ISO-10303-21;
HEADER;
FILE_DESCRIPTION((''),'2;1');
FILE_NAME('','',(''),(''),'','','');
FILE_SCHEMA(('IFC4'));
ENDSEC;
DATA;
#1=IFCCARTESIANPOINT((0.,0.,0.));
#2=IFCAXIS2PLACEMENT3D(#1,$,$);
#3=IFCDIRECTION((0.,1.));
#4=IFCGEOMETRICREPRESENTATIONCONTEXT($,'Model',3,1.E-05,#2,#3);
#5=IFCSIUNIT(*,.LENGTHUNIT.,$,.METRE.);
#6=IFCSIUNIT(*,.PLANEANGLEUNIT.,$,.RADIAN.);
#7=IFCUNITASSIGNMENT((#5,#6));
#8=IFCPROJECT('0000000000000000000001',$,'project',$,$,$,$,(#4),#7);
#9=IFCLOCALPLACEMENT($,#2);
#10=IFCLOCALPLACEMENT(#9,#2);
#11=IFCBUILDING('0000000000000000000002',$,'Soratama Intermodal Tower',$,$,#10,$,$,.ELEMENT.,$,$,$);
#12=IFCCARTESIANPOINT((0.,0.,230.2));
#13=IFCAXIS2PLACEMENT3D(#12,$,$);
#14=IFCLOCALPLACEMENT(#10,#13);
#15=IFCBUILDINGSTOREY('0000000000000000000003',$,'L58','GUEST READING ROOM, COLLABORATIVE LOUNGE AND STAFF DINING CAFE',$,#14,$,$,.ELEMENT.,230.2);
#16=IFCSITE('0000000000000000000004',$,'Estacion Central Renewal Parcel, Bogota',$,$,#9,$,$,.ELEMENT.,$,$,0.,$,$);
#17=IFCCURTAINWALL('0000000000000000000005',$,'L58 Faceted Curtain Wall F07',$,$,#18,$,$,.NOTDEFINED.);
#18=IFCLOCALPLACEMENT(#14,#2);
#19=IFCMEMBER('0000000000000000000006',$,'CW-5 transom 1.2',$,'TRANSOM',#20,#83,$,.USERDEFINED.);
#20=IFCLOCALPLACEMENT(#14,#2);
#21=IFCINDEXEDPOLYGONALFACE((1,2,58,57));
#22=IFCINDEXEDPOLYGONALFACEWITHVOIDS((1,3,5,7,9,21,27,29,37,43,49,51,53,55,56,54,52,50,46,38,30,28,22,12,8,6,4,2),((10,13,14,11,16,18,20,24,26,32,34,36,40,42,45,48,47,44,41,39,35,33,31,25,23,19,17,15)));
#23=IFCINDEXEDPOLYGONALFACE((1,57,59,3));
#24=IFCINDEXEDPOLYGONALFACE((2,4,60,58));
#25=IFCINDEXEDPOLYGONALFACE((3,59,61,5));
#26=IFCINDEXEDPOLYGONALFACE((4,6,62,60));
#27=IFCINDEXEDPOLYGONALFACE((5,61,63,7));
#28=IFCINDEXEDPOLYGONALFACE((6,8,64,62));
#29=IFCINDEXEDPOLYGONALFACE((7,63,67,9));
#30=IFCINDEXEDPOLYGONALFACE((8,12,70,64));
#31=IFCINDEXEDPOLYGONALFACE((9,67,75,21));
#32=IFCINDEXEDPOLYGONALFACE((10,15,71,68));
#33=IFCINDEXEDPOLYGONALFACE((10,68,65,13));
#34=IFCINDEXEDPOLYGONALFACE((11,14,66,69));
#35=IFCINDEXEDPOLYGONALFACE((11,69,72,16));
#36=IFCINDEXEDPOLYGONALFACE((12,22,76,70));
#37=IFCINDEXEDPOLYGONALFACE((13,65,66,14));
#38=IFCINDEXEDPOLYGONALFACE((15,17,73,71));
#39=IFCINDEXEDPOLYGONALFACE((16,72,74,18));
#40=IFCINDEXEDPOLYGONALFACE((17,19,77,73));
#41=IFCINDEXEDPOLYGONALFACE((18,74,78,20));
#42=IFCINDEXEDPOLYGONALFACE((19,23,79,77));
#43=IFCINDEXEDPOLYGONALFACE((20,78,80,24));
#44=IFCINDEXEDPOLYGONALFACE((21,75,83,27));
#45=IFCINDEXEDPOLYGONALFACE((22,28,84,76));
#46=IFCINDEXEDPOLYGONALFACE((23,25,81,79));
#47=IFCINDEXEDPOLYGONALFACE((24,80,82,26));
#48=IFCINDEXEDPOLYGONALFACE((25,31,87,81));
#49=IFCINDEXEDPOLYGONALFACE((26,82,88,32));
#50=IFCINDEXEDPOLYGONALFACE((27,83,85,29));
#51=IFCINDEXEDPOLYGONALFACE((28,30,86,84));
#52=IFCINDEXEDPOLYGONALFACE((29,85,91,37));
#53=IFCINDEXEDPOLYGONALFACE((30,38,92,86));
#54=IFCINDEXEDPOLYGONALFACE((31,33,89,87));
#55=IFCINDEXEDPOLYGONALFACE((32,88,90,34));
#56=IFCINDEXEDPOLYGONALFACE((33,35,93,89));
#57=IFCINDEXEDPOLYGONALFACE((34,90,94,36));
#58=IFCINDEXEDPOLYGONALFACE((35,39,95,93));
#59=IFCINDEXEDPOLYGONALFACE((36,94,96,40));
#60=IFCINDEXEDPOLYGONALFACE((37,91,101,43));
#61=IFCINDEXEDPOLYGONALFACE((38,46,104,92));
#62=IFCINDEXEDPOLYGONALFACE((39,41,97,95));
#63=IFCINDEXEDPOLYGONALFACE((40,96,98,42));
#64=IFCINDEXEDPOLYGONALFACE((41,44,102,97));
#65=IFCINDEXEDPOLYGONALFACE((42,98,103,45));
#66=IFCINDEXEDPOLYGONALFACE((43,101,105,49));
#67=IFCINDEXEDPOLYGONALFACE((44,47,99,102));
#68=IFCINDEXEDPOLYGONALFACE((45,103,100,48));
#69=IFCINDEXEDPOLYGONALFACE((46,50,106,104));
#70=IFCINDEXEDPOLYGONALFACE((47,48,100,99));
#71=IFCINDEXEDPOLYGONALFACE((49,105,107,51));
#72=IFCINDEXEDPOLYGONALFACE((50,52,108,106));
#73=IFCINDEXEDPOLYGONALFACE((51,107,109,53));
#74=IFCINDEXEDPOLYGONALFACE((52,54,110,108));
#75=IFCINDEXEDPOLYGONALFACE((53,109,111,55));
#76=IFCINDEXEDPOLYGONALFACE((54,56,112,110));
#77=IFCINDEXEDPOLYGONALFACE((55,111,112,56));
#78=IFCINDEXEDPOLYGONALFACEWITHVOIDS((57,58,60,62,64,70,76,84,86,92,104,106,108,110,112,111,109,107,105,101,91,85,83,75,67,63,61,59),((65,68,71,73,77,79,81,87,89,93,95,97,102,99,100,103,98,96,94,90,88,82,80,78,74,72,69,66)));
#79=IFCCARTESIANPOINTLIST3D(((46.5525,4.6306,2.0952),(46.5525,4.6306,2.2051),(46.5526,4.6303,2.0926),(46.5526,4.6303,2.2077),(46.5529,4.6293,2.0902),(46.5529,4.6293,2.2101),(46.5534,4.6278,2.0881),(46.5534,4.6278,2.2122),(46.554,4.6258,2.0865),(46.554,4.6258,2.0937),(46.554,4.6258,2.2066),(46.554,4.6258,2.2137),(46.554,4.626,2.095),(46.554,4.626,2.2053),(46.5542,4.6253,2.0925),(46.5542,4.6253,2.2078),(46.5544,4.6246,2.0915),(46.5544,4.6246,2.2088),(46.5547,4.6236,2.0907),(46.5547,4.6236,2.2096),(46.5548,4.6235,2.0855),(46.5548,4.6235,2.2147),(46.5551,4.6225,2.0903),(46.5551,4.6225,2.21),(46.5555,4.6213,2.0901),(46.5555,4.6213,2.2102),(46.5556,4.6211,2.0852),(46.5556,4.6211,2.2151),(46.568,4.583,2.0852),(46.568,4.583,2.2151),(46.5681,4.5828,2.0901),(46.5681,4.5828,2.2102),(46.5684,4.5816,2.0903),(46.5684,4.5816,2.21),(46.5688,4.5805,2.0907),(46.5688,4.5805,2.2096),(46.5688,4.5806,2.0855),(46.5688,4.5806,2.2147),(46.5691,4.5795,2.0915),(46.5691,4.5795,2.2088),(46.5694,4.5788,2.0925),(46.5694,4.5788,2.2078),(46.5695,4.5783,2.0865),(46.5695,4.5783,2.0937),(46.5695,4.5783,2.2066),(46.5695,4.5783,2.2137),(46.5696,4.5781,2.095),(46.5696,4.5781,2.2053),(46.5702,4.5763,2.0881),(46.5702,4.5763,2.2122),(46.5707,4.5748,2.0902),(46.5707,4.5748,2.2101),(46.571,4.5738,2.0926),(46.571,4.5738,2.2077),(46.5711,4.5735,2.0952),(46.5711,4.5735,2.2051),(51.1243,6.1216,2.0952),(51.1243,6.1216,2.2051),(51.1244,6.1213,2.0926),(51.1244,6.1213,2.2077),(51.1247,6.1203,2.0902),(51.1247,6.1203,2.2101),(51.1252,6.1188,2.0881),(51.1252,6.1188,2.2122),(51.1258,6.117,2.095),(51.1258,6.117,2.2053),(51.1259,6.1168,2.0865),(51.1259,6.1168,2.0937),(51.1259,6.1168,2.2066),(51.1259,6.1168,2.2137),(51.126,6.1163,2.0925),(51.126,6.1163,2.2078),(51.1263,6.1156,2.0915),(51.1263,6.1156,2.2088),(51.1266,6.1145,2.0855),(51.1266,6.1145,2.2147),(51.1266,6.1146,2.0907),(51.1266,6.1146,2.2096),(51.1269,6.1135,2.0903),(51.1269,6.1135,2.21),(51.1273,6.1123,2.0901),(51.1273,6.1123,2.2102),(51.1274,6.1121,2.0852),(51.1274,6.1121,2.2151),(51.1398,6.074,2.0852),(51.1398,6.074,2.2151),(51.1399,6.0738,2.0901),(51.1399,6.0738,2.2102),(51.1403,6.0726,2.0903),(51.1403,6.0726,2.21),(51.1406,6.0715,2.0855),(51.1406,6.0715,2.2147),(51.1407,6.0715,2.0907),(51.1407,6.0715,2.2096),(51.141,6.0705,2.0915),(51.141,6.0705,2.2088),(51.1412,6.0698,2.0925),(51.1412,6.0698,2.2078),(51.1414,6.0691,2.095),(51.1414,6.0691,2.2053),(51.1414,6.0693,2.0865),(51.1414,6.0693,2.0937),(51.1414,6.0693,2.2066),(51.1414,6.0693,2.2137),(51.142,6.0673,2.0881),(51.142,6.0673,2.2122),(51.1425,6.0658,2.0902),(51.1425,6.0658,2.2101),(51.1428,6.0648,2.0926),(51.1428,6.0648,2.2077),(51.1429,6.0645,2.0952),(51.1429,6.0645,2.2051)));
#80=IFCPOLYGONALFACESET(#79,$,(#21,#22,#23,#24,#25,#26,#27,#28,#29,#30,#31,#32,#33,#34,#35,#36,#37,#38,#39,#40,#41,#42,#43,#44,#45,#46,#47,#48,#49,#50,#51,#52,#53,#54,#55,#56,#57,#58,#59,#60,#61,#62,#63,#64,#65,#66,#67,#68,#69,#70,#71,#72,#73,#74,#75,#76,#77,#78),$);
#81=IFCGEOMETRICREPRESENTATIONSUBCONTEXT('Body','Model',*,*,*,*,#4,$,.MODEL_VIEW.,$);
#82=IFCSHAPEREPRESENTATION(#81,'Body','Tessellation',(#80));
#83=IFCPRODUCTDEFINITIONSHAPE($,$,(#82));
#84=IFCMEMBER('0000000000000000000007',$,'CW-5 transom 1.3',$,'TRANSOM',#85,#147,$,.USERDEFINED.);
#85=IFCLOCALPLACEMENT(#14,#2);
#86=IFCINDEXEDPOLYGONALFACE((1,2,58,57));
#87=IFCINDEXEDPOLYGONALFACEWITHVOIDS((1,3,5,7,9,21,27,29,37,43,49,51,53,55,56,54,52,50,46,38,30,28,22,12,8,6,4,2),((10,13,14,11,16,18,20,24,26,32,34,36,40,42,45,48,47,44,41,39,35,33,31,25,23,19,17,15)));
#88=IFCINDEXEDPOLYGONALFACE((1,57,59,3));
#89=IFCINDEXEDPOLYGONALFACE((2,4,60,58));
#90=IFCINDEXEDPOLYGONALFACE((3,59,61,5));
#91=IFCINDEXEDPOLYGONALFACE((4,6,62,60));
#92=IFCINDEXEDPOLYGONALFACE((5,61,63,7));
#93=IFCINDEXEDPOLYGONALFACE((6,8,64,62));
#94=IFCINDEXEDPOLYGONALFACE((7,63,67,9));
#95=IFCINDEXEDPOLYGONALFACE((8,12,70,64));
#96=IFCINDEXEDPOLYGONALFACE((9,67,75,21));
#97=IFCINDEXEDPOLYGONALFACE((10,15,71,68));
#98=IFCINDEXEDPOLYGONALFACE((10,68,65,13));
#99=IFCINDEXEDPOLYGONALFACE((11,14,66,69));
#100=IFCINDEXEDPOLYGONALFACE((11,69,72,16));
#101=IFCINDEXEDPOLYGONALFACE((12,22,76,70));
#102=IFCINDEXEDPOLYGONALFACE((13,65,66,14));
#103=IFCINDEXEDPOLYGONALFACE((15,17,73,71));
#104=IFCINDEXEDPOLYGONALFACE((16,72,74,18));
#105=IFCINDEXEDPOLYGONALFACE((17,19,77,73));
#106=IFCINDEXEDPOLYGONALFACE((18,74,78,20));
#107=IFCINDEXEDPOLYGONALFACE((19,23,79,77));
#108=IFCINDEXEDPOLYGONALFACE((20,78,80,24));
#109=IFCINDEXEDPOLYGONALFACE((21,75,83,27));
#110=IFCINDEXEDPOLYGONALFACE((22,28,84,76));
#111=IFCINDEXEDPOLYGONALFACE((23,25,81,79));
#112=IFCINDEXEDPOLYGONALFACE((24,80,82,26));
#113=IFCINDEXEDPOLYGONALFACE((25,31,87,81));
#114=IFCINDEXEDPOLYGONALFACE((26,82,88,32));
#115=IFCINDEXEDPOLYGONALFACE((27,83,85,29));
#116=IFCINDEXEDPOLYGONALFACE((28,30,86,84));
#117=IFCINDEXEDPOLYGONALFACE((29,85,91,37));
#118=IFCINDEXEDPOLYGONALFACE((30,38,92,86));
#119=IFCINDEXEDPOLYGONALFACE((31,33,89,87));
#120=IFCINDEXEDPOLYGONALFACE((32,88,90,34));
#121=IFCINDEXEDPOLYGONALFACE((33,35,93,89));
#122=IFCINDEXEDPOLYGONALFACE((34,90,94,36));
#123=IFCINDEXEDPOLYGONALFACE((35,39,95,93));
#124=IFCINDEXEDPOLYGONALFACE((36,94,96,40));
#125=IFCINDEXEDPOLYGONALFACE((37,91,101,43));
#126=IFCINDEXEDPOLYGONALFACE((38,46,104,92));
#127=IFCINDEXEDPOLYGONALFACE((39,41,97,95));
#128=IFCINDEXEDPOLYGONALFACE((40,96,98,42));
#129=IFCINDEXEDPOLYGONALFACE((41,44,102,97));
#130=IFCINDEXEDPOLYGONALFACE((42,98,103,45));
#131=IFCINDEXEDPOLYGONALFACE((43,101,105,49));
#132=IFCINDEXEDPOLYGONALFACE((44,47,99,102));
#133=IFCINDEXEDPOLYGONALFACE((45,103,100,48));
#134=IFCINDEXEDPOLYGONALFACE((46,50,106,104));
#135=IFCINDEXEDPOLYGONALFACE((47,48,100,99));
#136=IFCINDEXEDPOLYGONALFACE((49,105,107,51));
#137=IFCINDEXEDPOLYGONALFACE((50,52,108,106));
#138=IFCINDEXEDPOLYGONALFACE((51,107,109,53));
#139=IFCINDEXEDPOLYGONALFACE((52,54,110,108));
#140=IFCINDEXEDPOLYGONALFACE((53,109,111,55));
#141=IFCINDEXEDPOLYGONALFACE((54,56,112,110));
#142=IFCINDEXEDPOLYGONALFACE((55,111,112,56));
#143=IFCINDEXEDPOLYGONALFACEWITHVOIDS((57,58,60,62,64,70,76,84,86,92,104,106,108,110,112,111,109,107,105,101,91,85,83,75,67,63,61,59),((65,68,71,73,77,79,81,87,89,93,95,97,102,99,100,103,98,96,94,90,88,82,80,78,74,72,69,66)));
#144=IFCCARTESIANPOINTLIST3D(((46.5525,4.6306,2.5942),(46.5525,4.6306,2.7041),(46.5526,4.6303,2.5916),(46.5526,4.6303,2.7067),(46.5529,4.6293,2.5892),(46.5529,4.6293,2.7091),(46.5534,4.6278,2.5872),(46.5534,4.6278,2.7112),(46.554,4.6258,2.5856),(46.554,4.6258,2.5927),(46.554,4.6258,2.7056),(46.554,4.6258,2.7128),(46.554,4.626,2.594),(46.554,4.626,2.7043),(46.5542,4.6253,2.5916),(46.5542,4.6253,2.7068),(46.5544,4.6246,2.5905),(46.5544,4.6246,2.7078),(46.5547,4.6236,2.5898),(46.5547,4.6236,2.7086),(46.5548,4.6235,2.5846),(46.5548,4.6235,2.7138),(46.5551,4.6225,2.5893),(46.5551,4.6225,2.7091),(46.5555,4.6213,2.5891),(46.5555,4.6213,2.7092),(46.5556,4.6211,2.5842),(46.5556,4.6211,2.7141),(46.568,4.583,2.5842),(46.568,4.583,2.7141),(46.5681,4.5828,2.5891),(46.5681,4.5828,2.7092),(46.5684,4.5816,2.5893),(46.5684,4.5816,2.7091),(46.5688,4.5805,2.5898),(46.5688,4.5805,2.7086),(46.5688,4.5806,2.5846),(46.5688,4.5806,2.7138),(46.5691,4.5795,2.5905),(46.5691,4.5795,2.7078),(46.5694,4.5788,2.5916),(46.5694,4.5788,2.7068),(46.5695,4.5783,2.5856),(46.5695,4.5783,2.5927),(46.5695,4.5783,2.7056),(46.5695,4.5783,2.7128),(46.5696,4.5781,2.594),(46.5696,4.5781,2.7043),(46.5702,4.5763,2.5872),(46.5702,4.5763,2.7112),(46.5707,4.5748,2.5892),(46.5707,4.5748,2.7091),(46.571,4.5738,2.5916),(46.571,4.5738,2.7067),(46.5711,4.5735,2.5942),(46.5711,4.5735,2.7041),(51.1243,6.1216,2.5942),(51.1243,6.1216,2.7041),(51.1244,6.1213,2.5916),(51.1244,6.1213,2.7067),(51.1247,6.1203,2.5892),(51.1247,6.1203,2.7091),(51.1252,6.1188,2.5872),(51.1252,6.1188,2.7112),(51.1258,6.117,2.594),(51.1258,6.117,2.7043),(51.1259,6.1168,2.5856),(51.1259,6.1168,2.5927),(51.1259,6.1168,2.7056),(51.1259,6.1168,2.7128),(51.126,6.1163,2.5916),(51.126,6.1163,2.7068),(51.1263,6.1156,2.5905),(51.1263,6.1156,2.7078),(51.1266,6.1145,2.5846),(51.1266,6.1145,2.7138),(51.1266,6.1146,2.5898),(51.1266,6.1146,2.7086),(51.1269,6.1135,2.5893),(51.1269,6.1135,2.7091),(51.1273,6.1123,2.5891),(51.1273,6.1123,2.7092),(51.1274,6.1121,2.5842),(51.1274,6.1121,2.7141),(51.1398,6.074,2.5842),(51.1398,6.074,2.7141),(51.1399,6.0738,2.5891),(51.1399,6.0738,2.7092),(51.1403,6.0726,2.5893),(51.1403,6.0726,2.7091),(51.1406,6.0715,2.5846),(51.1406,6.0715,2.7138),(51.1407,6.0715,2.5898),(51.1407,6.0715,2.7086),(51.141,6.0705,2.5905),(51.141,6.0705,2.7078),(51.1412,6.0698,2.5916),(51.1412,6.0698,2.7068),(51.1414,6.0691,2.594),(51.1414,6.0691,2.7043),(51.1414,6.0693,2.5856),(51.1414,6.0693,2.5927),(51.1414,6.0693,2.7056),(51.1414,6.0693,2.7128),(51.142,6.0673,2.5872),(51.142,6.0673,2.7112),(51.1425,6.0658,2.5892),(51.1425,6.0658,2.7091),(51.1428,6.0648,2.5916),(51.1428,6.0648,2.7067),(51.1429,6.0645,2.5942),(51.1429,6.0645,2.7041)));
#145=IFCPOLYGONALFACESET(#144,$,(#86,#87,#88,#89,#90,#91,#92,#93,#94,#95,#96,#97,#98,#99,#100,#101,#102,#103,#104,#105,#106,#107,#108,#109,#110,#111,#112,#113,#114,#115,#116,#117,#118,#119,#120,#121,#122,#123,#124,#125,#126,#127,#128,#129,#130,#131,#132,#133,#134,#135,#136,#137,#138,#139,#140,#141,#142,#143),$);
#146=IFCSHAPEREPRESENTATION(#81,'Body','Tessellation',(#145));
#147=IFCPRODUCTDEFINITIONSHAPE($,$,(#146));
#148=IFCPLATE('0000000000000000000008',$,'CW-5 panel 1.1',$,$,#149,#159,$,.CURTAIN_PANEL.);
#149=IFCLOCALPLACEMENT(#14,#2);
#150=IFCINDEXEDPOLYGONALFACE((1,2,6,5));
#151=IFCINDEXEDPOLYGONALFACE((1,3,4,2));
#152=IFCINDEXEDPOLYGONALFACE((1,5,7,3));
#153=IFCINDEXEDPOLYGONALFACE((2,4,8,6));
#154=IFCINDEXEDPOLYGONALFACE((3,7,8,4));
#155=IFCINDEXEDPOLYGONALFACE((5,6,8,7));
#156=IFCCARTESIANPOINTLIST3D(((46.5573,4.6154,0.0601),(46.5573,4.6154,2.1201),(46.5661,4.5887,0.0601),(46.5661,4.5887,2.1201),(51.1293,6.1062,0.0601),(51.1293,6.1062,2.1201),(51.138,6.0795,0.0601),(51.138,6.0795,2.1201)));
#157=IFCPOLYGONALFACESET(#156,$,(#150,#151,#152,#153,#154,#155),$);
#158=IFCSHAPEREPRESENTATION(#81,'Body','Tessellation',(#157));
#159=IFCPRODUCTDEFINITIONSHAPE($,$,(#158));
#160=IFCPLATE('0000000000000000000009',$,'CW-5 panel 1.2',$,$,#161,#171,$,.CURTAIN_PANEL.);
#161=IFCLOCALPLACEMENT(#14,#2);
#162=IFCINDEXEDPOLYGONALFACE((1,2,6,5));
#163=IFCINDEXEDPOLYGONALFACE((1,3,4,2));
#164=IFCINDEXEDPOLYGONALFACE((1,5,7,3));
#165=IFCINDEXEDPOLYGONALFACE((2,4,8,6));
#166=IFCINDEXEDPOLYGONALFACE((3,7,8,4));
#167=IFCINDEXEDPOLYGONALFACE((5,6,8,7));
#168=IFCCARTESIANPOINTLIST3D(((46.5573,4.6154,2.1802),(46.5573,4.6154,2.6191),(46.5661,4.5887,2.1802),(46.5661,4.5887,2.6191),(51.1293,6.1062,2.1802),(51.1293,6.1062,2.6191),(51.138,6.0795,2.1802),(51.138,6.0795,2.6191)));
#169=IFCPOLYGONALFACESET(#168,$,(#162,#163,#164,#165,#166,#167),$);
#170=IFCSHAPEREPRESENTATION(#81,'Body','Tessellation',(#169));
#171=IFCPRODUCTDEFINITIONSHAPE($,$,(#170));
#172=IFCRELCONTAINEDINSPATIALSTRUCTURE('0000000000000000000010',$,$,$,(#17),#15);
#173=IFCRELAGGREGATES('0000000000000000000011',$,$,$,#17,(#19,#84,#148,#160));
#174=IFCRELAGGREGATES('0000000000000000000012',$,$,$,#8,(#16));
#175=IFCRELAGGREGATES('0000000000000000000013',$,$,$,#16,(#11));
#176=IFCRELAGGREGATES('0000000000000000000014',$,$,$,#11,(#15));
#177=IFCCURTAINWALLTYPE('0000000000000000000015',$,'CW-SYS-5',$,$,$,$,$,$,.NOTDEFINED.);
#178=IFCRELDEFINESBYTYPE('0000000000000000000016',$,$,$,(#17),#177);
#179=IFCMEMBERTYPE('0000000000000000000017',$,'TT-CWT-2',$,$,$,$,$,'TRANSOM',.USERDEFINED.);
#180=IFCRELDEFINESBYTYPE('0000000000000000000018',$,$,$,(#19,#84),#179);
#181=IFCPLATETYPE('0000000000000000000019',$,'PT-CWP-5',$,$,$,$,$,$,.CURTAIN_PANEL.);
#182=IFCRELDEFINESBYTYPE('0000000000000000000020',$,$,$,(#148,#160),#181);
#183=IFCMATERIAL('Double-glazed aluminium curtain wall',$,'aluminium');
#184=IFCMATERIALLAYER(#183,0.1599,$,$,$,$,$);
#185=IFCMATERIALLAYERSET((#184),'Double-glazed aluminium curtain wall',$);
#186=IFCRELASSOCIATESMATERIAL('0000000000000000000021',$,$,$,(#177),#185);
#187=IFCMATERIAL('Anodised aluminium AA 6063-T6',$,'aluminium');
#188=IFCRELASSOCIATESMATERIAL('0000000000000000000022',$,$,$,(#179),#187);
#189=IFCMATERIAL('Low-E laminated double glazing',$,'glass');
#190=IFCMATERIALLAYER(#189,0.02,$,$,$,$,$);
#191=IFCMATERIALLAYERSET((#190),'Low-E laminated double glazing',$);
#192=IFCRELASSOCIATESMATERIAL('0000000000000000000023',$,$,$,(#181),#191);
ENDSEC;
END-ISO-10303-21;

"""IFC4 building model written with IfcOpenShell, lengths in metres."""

from ifc_helpers import new_model, si_unit, direction, frame, origin, origin_2d, place, context, subcontext, project, spatial, rectangle, hollow_rectangle, extrude, material, layer, layer_set, material_profile, profile_set, type_object, element, aggregate, save


model = new_model("IFC4")

# Units and contexts
model_context = context("Model", 3, precision=1e-05, world=origin(), true_north=direction((0.0, 1.0)))
body_context = subcontext(model_context, "Body", "Model", "MODEL_VIEW")
ifc_project = project(units=[si_unit("LENGTHUNIT", "METRE"), si_unit("PLANEANGLEUNIT", "RADIAN")], contexts=[model_context])

# Site, building, storey
site_placement = place(None, origin())
site = spatial("IfcSite", under=ifc_project, at=site_placement, Name="Estacion Central Renewal Parcel, Bogota", CompositionType="ELEMENT", RefElevation=0.0)
building_placement = place(site_placement, origin())
building = spatial("IfcBuilding", under=site, at=building_placement, Name="Soratama Intermodal Tower", CompositionType="ELEMENT")
storey_placement = place(building_placement, frame((0.0, 0.0, 230.2)))
storey = spatial("IfcBuildingStorey", under=building, at=storey_placement, Name="L58", Description="GUEST READING ROOM, COLLABORATIVE LOUNGE AND STAFF DINING CAFE", CompositionType="ELEMENT", Elevation=230.2)

# Curtain wall, members, plates
ifc_material_1 = material(Name="Double-glazed aluminium curtain wall", Category="aluminium")
ifc_layer_1 = layer(ifc_material_1, 0.1599)
ifc_layer_set_1 = layer_set([ifc_layer_1], Name="Double-glazed aluminium curtain wall")
curtain_wall_type = type_object("IfcCurtainWallType", Name="CW-SYS-5", PredefinedType="NOTDEFINED", material=ifc_layer_set_1)
curtain_wall_placement = place(storey_placement, origin())
curtain_wall = element("IfcCurtainWall", 1, at=curtain_wall_placement, inside=storey, type_object=curtain_wall_type, Name="L58 Faceted Curtain Wall F07", PredefinedType="NOTDEFINED")
ifc_material_2 = material(Name="Anodised aluminium AA 6063-T6", Category="aluminium")
ifc_material_profile_1 = material_profile(ifc_material_2, hollow_rectangle(XDim=0.0601, YDim=0.1299, WallThickness=0.0049, InnerFilletRadius=0.0049, OuterFilletRadius=0.01, at=origin_2d()), Name="CWT130X60X5")
ifc_profile_set_1 = profile_set([ifc_material_profile_1], Name="Anodised aluminium AA 6063-T6")
member_type_1 = type_object("IfcMemberType", Name="TT-CWT-2", ElementType="TRANSOM", PredefinedType="USERDEFINED", material=ifc_profile_set_1)
member_1_placement = place(storey_placement, frame((46.5618, 4.6021, 2.1501), z_axis=(0.950719, 0.310053, 0.0), x_axis=(-0.310053, 0.950719, 0.0)))
member_1 = element("IfcMember", 2, at=member_1_placement, type_object=member_type_1, Name="CW-5 transom 1.2", ObjectType="TRANSOM", PredefinedType="USERDEFINED", context=body_context, shape_type="SweptSolid", body=[
    extrude(hollow_rectangle(XDim=0.0601, YDim=0.1299, WallThickness=0.0049, InnerFilletRadius=0.0049, OuterFilletRadius=0.01, at=origin_2d()), origin(), (0.0, 0.0, 1.0), 4.8088),
])
member_2_placement = place(storey_placement, frame((46.5618, 4.6021, 2.6492), z_axis=(0.950719, 0.310053, 0.0), x_axis=(-0.310053, 0.950719, 0.0)))
member_2 = element("IfcMember", 3, at=member_2_placement, type_object=member_type_1, Name="CW-5 transom 1.3", ObjectType="TRANSOM", PredefinedType="USERDEFINED", context=body_context, shape_type="SweptSolid", body=[
    extrude(hollow_rectangle(XDim=0.0601, YDim=0.1299, WallThickness=0.0049, InnerFilletRadius=0.0049, OuterFilletRadius=0.01, at=origin_2d()), origin(), (0.0, 0.0, 1.0), 4.8088),
])
ifc_material_3 = material(Name="Low-E laminated double glazing", Category="glass")
ifc_layer_2 = layer(ifc_material_3, 0.02)
ifc_layer_set_2 = layer_set([ifc_layer_2], Name="Low-E laminated double glazing")
plate_type = type_object("IfcPlateType", Name="PT-CWP-5", PredefinedType="CURTAIN_PANEL", material=ifc_layer_set_2)
plate_1_placement = place(storey_placement, frame((48.8477, 5.3474, 0.0601), z_axis=(0.0, 0.0, 1.0), x_axis=(0.950732, 0.310014, 0.0)))
plate_1 = element("IfcPlate", 4, at=plate_1_placement, type_object=plate_type, Name="CW-5 panel 1.1", PredefinedType="CURTAIN_PANEL", context=body_context, shape_type="SweptSolid", body=[
    extrude(rectangle(XDim=4.8088, YDim=0.0281, at=origin_2d()), origin(), (0.0, 0.0, 1.0), 2.0601),
])
plate_2_placement = place(storey_placement, frame((48.8477, 5.3474, 2.1802), z_axis=(0.0, 0.0, 1.0), x_axis=(0.950732, 0.310014, 0.0)))
plate_2 = element("IfcPlate", 5, at=plate_2_placement, type_object=plate_type, Name="CW-5 panel 1.2", PredefinedType="CURTAIN_PANEL", context=body_context, shape_type="SweptSolid", body=[
    extrude(rectangle(XDim=4.8088, YDim=0.0281, at=origin_2d()), origin(), (0.0, 0.0, 1.0), 0.439),
])
aggregate(curtain_wall, [member_1, member_2, plate_1, plate_2])

save(model, "model.ifc")
